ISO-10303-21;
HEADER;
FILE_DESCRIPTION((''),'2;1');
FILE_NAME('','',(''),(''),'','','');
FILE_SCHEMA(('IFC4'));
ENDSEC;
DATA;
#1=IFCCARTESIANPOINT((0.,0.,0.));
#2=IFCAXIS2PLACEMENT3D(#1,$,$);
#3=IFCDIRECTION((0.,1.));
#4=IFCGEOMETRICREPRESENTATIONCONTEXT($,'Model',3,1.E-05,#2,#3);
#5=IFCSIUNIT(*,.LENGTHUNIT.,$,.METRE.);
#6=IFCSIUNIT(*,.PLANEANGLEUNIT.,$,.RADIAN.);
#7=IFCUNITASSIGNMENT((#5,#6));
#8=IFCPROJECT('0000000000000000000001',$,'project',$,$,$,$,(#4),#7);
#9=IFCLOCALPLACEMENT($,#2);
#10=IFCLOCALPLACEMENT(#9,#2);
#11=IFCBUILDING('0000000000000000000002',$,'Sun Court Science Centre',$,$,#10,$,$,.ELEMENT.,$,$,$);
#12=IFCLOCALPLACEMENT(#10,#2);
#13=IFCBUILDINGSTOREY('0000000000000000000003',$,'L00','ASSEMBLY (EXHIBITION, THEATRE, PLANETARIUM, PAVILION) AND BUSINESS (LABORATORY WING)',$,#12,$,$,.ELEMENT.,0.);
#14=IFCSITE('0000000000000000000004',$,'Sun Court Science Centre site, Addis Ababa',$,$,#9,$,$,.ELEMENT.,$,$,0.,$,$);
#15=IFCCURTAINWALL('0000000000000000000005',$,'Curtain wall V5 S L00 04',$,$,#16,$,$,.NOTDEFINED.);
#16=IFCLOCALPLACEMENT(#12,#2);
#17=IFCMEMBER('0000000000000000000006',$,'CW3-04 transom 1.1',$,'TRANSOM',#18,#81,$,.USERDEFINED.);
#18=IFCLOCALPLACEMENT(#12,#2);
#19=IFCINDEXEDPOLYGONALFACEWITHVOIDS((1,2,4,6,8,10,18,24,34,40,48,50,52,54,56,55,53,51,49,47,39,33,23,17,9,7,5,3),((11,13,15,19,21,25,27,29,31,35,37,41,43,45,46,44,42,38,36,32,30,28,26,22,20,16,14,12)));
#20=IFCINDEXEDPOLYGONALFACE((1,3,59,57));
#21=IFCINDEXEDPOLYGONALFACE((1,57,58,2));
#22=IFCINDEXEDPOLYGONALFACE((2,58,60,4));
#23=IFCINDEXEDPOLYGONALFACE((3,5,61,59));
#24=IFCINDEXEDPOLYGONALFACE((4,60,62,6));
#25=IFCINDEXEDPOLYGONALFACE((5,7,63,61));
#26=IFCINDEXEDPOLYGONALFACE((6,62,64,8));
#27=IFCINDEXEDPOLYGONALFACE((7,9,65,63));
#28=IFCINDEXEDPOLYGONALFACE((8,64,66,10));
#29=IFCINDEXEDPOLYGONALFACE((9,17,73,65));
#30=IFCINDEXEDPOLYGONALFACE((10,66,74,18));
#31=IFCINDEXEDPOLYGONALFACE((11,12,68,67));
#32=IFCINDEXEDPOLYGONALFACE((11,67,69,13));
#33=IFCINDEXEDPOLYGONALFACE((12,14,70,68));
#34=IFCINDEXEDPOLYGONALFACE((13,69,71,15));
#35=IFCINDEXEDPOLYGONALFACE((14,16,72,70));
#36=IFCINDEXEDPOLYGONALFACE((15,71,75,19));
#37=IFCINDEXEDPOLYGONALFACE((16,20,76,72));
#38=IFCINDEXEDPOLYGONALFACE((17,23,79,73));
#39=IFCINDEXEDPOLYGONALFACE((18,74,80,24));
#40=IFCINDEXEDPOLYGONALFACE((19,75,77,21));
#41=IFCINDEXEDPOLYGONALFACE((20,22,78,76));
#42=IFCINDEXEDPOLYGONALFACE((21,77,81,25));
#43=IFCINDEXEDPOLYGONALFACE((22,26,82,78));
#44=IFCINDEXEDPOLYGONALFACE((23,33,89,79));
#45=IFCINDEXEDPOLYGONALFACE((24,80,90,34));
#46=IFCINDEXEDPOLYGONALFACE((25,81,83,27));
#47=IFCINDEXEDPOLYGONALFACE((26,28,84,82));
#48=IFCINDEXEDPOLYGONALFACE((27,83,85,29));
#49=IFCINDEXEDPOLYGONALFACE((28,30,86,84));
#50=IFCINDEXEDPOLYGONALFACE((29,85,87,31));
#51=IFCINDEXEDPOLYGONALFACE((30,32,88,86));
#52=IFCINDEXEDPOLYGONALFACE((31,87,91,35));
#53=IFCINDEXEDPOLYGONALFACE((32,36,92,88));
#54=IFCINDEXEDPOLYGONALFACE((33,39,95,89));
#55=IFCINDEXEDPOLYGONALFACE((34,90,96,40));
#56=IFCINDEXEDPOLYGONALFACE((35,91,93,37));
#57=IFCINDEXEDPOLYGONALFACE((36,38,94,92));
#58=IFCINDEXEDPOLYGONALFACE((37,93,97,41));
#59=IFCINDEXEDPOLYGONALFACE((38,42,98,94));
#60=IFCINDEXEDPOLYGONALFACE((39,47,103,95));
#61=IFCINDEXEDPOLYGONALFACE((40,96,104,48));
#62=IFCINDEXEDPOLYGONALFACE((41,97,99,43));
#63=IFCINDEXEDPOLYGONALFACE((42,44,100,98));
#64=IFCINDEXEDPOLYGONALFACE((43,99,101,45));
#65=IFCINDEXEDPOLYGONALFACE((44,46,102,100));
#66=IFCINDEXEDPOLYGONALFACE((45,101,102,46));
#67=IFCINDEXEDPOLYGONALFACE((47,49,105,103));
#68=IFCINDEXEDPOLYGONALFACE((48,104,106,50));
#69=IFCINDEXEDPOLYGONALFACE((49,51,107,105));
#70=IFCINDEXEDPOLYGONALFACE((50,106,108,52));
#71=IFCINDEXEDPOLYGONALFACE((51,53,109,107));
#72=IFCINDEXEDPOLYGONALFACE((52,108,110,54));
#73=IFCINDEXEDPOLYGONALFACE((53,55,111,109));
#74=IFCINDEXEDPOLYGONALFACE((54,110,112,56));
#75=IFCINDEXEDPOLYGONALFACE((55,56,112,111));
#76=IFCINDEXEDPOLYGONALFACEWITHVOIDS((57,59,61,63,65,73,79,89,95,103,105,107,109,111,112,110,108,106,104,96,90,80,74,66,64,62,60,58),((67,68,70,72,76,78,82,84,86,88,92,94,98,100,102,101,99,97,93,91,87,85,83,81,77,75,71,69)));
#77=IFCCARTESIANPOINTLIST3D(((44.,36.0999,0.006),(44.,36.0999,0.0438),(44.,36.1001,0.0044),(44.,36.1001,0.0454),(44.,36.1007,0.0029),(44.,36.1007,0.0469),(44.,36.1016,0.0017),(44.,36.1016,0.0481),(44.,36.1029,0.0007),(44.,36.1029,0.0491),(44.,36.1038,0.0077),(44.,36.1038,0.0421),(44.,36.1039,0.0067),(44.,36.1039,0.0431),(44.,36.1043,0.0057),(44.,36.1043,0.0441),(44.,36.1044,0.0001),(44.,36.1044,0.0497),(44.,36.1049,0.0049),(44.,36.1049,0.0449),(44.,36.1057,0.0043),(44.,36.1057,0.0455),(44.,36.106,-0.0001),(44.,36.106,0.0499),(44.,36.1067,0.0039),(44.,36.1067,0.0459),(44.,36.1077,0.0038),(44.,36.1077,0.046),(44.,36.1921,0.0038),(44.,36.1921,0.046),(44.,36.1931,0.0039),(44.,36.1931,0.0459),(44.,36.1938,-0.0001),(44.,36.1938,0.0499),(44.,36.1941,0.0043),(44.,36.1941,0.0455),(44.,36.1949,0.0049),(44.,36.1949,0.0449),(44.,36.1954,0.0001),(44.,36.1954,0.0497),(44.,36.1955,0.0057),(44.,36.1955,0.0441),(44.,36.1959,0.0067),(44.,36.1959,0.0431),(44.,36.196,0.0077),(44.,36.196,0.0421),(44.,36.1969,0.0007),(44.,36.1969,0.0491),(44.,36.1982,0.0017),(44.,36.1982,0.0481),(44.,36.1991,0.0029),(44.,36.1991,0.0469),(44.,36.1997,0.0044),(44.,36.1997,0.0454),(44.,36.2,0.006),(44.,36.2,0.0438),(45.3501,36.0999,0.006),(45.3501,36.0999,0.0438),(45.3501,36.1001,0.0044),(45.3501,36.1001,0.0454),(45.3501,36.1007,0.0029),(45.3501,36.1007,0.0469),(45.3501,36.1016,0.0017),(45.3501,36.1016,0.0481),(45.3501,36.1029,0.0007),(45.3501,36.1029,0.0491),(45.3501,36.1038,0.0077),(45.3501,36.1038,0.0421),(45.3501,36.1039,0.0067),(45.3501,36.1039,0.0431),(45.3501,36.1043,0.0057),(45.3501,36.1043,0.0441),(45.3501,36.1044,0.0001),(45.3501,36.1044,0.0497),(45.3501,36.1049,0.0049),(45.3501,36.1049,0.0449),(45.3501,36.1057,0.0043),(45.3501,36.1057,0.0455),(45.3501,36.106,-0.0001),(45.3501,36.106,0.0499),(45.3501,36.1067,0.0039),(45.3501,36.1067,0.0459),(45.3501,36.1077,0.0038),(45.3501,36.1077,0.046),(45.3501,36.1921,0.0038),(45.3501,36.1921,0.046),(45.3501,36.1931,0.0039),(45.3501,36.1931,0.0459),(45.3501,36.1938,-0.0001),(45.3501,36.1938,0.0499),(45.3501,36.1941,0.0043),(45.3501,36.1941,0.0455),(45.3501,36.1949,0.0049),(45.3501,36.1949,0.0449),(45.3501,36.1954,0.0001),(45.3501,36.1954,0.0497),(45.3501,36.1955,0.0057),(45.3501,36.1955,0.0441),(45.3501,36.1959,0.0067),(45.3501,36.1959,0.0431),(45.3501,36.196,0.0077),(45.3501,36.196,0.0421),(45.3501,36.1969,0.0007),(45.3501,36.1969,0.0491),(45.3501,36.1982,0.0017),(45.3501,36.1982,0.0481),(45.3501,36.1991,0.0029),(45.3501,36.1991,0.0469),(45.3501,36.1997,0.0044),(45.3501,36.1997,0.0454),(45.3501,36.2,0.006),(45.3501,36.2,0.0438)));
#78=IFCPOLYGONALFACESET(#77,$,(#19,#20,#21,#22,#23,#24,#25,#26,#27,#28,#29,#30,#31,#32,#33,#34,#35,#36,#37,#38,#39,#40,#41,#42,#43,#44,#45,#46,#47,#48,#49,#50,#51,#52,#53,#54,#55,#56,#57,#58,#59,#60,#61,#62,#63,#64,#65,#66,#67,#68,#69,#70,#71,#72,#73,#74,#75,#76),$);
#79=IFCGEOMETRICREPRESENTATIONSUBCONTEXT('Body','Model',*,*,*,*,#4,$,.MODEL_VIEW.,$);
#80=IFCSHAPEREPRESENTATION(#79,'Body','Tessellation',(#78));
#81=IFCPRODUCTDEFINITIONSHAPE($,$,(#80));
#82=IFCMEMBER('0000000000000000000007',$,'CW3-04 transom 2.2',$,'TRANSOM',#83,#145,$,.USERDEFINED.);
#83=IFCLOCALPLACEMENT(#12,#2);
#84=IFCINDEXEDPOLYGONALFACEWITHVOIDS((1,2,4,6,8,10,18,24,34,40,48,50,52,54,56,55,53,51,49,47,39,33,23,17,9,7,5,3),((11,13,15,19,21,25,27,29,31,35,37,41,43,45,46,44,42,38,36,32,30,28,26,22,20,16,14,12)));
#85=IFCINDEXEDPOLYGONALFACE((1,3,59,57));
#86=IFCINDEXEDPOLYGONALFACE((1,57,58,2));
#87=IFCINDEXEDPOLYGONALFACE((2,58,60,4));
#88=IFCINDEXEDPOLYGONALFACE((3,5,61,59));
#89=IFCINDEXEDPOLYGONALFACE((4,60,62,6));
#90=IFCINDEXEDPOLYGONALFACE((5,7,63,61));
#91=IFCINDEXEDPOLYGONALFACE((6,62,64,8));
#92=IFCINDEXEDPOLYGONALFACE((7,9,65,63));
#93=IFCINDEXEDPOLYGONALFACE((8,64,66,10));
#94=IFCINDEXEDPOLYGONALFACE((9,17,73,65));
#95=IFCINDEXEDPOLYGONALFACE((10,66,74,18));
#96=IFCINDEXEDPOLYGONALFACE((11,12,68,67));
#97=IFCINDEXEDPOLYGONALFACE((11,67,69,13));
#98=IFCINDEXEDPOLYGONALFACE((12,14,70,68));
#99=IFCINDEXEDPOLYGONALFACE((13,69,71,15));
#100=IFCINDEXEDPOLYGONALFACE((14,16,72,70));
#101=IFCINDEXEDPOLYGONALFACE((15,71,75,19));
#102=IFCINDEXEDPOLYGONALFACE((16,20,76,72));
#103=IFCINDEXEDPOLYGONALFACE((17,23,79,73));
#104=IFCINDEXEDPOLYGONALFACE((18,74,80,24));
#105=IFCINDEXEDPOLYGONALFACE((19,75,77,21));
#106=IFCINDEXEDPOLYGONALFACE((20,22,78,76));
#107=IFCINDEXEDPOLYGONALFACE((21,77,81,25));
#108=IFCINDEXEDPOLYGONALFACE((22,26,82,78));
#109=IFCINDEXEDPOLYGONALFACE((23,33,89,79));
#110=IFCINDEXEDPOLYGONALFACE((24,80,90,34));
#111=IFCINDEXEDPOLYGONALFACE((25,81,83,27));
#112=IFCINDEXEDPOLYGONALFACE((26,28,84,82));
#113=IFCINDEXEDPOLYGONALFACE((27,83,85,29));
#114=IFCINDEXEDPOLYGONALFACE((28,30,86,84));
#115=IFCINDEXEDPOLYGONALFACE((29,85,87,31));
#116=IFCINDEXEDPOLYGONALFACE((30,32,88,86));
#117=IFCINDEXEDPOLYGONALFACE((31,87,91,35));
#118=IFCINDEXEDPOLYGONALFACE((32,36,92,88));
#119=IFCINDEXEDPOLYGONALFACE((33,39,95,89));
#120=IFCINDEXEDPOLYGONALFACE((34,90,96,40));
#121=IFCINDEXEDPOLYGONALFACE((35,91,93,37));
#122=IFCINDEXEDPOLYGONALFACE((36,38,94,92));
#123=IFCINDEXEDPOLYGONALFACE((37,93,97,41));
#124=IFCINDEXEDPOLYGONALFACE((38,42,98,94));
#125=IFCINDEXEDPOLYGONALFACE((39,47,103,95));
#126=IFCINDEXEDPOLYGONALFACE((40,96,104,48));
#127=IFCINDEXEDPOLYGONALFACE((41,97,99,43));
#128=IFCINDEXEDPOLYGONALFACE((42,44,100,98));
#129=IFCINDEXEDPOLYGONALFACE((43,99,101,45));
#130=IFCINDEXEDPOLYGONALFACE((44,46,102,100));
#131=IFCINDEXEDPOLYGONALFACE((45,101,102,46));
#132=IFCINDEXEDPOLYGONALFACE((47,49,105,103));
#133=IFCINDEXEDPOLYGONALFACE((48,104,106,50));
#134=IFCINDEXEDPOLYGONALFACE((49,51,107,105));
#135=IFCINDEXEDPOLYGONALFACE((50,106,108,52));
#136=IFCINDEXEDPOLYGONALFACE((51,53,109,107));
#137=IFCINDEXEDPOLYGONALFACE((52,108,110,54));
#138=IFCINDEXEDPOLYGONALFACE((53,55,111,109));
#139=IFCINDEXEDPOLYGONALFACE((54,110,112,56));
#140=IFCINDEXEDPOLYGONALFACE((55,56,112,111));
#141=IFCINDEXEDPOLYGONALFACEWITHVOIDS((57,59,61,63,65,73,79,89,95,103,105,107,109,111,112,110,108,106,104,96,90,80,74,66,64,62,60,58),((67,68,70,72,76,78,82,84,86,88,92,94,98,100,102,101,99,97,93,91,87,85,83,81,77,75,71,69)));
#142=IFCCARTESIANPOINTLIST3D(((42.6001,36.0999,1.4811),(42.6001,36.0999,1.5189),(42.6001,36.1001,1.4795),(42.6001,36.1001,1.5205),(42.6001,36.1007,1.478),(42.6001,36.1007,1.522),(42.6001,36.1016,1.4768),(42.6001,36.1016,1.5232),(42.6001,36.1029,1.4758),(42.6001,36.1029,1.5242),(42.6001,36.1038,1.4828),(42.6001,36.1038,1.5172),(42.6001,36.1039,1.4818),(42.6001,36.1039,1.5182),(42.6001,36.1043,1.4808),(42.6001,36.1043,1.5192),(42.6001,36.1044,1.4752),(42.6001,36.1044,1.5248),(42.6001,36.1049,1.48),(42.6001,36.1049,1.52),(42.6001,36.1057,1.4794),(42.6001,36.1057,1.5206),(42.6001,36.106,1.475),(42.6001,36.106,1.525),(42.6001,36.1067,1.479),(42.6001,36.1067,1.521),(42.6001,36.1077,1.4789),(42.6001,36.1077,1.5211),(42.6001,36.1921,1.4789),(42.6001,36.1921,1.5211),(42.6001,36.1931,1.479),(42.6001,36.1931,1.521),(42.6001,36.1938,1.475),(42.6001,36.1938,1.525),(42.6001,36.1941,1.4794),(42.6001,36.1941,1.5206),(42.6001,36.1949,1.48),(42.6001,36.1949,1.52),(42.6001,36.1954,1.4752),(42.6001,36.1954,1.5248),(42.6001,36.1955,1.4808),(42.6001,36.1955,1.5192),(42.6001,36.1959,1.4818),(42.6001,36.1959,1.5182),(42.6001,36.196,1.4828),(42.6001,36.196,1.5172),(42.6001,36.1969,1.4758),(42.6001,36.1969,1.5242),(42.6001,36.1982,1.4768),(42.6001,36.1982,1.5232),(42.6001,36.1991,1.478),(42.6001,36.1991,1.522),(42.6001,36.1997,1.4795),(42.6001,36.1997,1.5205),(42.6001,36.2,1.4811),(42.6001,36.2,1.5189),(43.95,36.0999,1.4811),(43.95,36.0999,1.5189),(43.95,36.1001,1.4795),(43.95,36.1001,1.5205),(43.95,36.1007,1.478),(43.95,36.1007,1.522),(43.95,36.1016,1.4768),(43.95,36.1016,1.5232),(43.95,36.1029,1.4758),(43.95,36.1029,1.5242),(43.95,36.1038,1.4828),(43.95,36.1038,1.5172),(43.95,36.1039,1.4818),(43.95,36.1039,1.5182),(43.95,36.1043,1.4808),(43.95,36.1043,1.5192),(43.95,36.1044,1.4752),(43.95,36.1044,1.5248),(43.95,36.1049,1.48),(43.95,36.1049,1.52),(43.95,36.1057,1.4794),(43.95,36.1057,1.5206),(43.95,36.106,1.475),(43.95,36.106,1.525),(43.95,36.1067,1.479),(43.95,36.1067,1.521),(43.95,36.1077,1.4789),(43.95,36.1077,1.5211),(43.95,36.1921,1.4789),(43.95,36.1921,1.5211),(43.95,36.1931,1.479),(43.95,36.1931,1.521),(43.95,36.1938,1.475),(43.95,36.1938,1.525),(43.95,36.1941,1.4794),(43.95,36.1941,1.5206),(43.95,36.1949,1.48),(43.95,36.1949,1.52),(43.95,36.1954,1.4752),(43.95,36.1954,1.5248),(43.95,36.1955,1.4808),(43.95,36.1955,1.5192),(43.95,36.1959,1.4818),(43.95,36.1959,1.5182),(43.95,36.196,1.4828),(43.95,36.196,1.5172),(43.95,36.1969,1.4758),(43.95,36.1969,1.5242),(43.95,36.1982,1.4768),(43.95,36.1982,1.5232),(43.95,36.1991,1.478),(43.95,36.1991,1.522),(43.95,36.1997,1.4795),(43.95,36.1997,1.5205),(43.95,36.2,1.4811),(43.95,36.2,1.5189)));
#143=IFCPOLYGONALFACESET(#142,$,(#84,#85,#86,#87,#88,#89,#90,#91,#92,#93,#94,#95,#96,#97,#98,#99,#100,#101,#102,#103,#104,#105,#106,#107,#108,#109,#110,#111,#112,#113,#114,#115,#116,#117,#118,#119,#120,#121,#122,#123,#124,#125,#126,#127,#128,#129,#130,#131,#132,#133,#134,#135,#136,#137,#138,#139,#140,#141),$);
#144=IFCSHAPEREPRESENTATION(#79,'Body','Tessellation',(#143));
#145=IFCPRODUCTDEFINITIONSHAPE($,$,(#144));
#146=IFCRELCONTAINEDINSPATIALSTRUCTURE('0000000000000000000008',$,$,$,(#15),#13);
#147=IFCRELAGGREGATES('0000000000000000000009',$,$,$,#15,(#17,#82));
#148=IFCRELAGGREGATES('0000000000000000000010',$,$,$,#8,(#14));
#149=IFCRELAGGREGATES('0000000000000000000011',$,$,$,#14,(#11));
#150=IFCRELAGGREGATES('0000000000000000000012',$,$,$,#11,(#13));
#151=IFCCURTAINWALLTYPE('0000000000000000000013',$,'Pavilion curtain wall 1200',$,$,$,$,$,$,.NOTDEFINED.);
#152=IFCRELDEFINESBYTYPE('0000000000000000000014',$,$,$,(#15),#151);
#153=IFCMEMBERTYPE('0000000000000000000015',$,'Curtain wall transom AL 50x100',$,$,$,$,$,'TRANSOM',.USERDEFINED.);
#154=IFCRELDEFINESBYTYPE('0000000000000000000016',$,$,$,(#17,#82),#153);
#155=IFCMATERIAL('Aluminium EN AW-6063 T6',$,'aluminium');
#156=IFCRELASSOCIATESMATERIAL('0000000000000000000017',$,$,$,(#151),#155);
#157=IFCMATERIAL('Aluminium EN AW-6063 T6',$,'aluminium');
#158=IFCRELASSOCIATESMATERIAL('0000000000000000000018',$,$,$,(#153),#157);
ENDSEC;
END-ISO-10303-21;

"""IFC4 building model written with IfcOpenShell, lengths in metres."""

from ifc_helpers import new_model, si_unit, direction, frame, origin, origin_2d, place, context, subcontext, project, spatial, hollow_rectangle, extrude, material, material_profile, profile_set, type_object, element, aggregate, save


model = new_model("IFC4")

# Units and contexts
model_context = context("Model", 3, precision=1e-05, world=origin(), true_north=direction((0.0, 1.0)))
body_context = subcontext(model_context, "Body", "Model", "MODEL_VIEW")
ifc_project = project(units=[si_unit("LENGTHUNIT", "METRE"), si_unit("PLANEANGLEUNIT", "RADIAN")], contexts=[model_context])

# Site, building, storey
site_placement = place(None, origin())
site = spatial("IfcSite", under=ifc_project, at=site_placement, Name="Sun Court Science Centre site, Addis Ababa", CompositionType="ELEMENT", RefElevation=0.0)
building_placement = place(site_placement, origin())
building = spatial("IfcBuilding", under=site, at=building_placement, Name="Sun Court Science Centre", CompositionType="ELEMENT")
storey_placement = place(building_placement, origin())
storey = spatial("IfcBuildingStorey", under=building, at=storey_placement, Name="L00", Description="ASSEMBLY (EXHIBITION, THEATRE, PLANETARIUM, PAVILION) AND BUSINESS (LABORATORY WING)", CompositionType="ELEMENT", Elevation=0.0)

# Curtain wall, members
ifc_material_1 = material(Name="Aluminium EN AW-6063 T6", Category="aluminium")
curtain_wall_type = type_object("IfcCurtainWallType", Name="Pavilion curtain wall 1200", PredefinedType="NOTDEFINED", material=ifc_material_1)
curtain_wall_placement = place(storey_placement, origin())
curtain_wall = element("IfcCurtainWall", 1, at=curtain_wall_placement, inside=storey, type_object=curtain_wall_type, Name="Curtain wall V5 S L00 04", PredefinedType="NOTDEFINED")
ifc_material_2 = material(Name="Aluminium EN AW-6063 T6", Category="aluminium")
ifc_material_profile_1 = material_profile(ifc_material_2, hollow_rectangle(XDim=0.05, YDim=0.1001, WallThickness=0.0039, InnerFilletRadius=0.0039, OuterFilletRadius=0.0061, at=origin_2d()), Name="AL 50x100x4")
ifc_profile_set_1 = profile_set([ifc_material_profile_1], Name="Aluminium EN AW-6063 T6")
member_type_1 = type_object("IfcMemberType", Name="Curtain wall transom AL 50x100", ElementType="TRANSOM", PredefinedType="USERDEFINED", material=ifc_profile_set_1)
member_1_placement = place(storey_placement, frame((45.3501, 36.1499, 0.0249), z_axis=(-1.0, 0.0, 0.0), x_axis=(0.0, 0.0, 1.0)))
member_1 = element("IfcMember", 2, at=member_1_placement, type_object=member_type_1, Name="CW3-04 transom 1.1", ObjectType="TRANSOM", PredefinedType="USERDEFINED", context=body_context, shape_type="SweptSolid", body=[
    extrude(hollow_rectangle(XDim=0.05, YDim=0.1001, WallThickness=0.0039, InnerFilletRadius=0.0039, OuterFilletRadius=0.0061, at=origin_2d()), origin(), (0.0, 0.0, 1.0), 1.3501),
])
member_2_placement = place(storey_placement, frame((43.95, 36.1499, 1.5), z_axis=(-1.0, 0.0, 0.0), x_axis=(0.0, 0.0, 1.0)))
member_2 = element("IfcMember", 3, at=member_2_placement, type_object=member_type_1, Name="CW3-04 transom 2.2", ObjectType="TRANSOM", PredefinedType="USERDEFINED", context=body_context, shape_type="SweptSolid", body=[
    extrude(hollow_rectangle(XDim=0.05, YDim=0.1001, WallThickness=0.0039, InnerFilletRadius=0.0039, OuterFilletRadius=0.0061, at=origin_2d()), origin(), (0.0, 0.0, 1.0), 1.3499),
])
aggregate(curtain_wall, [member_1, member_2])

save(model, "model.ifc")
